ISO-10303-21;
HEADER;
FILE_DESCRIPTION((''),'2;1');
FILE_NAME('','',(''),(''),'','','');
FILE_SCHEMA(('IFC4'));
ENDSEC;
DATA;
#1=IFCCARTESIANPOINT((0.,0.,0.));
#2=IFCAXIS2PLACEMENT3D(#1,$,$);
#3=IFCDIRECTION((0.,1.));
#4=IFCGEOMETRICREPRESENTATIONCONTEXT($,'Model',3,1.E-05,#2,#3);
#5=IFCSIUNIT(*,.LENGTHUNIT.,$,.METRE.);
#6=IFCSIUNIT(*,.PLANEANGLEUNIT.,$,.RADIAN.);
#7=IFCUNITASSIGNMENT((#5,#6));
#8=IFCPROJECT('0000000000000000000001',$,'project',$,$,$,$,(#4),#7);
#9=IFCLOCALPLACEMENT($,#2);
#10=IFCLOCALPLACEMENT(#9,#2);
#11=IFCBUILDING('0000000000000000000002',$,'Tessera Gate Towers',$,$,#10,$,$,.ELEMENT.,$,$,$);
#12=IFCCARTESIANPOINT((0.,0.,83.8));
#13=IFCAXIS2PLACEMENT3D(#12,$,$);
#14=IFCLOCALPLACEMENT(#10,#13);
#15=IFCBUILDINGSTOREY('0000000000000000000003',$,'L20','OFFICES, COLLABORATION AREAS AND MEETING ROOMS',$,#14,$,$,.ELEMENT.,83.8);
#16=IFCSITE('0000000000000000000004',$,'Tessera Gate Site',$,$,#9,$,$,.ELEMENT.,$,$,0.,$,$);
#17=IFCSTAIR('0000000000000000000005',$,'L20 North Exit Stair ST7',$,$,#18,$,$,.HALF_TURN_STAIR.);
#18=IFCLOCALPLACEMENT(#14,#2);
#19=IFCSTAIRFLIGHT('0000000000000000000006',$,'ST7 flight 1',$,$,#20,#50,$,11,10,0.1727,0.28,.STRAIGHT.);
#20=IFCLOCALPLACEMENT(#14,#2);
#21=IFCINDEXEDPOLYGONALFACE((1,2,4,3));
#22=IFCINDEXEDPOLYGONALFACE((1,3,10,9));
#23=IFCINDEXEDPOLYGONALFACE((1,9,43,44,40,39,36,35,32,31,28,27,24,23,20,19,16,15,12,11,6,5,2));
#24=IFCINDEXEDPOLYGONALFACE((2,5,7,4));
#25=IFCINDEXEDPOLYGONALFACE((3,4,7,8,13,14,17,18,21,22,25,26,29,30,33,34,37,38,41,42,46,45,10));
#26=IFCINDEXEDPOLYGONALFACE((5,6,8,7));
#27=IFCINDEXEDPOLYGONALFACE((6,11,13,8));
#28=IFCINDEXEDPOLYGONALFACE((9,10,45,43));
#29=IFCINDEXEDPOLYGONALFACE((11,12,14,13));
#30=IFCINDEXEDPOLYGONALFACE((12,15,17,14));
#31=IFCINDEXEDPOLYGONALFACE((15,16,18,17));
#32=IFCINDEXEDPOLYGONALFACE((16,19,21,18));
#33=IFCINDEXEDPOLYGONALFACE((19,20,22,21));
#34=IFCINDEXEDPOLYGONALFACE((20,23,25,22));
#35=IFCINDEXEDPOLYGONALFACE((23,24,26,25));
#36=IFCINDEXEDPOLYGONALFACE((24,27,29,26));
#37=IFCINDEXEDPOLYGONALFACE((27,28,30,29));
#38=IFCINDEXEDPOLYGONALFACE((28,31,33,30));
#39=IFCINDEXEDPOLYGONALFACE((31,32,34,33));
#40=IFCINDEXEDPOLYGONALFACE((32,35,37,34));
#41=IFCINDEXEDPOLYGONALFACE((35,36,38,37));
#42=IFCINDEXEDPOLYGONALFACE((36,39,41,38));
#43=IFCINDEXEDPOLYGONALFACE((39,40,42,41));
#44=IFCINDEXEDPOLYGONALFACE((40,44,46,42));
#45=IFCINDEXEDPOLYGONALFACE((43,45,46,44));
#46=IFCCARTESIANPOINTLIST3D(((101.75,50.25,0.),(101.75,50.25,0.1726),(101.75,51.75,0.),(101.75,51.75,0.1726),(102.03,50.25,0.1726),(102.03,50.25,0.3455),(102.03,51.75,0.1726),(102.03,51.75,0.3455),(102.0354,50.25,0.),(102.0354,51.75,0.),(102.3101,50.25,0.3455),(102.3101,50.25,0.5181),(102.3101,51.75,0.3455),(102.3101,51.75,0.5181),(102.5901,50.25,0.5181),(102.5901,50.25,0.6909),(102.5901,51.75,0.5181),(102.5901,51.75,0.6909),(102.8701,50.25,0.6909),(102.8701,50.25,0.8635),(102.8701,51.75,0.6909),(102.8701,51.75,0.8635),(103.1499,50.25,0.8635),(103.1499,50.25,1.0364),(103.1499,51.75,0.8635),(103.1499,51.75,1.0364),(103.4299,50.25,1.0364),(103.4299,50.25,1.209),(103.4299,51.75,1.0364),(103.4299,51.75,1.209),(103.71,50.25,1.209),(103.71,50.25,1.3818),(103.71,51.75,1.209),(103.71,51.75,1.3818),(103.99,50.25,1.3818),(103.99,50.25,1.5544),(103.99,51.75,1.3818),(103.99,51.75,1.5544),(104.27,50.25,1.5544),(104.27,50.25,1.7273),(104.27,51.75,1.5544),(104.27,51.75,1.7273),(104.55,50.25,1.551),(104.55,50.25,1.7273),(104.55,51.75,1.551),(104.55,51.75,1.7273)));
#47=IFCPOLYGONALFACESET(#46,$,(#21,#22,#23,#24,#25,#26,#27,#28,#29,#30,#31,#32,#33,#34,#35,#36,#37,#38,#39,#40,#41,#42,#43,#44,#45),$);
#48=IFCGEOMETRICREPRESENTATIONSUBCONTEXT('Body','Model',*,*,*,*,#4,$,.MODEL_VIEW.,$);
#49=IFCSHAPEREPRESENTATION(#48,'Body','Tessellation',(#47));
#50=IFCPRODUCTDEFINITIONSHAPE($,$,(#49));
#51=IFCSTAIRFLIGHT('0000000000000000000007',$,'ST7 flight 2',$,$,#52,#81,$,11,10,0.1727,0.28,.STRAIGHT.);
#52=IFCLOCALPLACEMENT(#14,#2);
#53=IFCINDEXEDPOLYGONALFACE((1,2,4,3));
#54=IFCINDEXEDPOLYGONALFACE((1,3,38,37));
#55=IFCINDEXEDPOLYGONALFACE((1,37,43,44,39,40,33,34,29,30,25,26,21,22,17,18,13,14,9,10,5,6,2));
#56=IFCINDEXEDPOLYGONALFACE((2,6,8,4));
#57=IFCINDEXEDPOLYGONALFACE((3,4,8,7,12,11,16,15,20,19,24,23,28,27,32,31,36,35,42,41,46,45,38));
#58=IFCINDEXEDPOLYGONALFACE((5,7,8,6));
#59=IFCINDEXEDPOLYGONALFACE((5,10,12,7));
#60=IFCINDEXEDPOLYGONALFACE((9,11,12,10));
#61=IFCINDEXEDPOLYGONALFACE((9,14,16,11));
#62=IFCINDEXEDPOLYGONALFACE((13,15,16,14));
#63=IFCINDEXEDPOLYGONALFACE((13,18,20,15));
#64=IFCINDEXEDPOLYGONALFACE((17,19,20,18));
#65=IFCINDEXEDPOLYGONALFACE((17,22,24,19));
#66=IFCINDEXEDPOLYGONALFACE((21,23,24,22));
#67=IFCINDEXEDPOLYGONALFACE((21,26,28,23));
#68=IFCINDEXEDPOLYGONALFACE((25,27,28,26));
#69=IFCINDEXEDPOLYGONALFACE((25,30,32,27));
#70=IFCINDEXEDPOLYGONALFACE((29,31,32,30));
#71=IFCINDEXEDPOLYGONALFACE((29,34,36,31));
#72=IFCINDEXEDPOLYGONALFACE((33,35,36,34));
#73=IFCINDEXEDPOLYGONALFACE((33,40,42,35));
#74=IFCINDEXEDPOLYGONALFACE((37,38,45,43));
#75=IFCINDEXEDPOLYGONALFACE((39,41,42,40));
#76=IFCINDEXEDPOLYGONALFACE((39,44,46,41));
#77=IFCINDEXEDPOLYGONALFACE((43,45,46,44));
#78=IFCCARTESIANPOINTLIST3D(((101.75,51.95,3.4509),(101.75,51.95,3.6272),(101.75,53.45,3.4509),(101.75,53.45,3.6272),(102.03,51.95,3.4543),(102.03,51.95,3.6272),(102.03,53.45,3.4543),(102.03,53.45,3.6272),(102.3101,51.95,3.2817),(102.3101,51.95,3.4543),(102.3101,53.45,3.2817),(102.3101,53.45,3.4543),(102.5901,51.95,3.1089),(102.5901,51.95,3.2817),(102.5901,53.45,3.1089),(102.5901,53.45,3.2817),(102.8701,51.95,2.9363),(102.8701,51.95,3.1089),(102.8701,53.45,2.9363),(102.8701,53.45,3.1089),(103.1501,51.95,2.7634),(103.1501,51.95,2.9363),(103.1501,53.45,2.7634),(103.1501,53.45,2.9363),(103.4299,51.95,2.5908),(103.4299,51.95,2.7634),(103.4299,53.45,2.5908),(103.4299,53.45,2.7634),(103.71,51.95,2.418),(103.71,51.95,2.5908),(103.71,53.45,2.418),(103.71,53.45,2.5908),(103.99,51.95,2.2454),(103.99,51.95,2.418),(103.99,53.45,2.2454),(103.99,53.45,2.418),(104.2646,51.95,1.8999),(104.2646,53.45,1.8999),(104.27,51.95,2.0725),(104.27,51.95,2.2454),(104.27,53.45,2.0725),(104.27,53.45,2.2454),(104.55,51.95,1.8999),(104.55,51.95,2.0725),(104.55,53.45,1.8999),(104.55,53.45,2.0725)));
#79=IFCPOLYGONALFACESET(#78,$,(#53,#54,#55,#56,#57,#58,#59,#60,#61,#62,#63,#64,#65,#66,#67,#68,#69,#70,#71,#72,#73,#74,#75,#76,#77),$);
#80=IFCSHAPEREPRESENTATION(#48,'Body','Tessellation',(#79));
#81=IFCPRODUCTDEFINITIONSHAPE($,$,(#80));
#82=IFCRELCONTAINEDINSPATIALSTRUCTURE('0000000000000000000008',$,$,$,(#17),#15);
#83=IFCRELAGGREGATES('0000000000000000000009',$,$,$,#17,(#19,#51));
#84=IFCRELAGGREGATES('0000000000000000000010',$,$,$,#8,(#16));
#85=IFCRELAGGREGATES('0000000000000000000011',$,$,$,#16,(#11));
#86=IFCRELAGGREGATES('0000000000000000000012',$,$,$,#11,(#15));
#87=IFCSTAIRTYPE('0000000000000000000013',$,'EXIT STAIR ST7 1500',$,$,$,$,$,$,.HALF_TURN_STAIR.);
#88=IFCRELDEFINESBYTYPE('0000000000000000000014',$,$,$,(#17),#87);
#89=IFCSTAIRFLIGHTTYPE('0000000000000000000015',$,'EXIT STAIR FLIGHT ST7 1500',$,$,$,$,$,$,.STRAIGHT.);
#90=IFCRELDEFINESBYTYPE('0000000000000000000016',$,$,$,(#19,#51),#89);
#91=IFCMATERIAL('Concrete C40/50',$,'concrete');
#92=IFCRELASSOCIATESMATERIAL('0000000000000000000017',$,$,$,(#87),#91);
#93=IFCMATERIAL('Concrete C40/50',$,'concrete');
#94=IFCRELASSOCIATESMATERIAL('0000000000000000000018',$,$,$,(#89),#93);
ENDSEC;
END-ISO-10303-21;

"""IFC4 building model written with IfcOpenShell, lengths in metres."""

from ifc_helpers import new_model, si_unit, direction, frame, origin, place, context, subcontext, project, spatial, polyline, outline, extrude, material, type_object, element, aggregate, save


model = new_model("IFC4")

# Units and contexts
model_context = context("Model", 3, precision=1e-05, world=origin(), true_north=direction((0.0, 1.0)))
body_context = subcontext(model_context, "Body", "Model", "MODEL_VIEW")
ifc_project = project(units=[si_unit("LENGTHUNIT", "METRE"), si_unit("PLANEANGLEUNIT", "RADIAN")], contexts=[model_context])

# Site, building, storey
site_placement = place(None, origin())
site = spatial("IfcSite", under=ifc_project, at=site_placement, Name="Tessera Gate Site", CompositionType="ELEMENT", RefElevation=0.0)
building_placement = place(site_placement, origin())
building = spatial("IfcBuilding", under=site, at=building_placement, Name="Tessera Gate Towers", CompositionType="ELEMENT")
storey_placement = place(building_placement, frame((0.0, 0.0, 83.8)))
storey = spatial("IfcBuildingStorey", under=building, at=storey_placement, Name="L20", Description="OFFICES, COLLABORATION AREAS AND MEETING ROOMS", CompositionType="ELEMENT", Elevation=83.8)

# Stair, stair flights
ifc_material_1 = material(Name="Concrete C40/50", Category="concrete")
stair_type = type_object("IfcStairType", Name="EXIT STAIR ST7 1500", PredefinedType="HALF_TURN_STAIR", material=ifc_material_1)
stair_placement = place(storey_placement, origin())
stair = element("IfcStair", 1, at=stair_placement, inside=storey, type_object=stair_type, Name="L20 North Exit Stair ST7", PredefinedType="HALF_TURN_STAIR")
ifc_material_2 = material(Name="Concrete C40/50", Category="concrete")
stair_flight_type = type_object("IfcStairFlightType", Name="EXIT STAIR FLIGHT ST7 1500", PredefinedType="STRAIGHT", material=ifc_material_2)
stair_flight_1_placement = place(storey_placement, frame((101.75, 51.0, 0.0), z_axis=(0.0, 0.0, 1.0), x_axis=(1.0, 0.0, 0.0)))
stair_flight_1 = element("IfcStairFlight", 2, at=stair_flight_1_placement, type_object=stair_flight_type, Name="ST7 flight 1", NumberOfRisers=11, NumberOfTreads=10, PredefinedType="STRAIGHT", RiserHeight=0.1727, TreadLength=0.28, context=body_context, shape_type="SweptSolid", body=[
    extrude(outline(polyline([(0.0, 0.0), (0.0, 0.1726), (0.28, 0.1726), (0.28, 0.3455), (0.5601, 0.3455), (0.5601, 0.5181), (0.8401, 0.5181), (0.8401, 0.6909), (1.1201, 0.6909), (1.1201, 0.8635), (1.3999, 0.8635), (1.3999, 1.0364), (1.6799, 1.0364), (1.6799, 1.209), (1.96, 1.209), (1.96, 1.3818), (2.24, 1.3818), (2.24, 1.5544), (2.52, 1.5544), (2.52, 1.7273), (2.8, 1.7273), (2.8, 1.8999), (2.8, 1.551), (0.2854, 0.0), (0.0, 0.0)])), frame((0.0, 0.75, 0.0), z_axis=(0.0, -1.0, 0.0), x_axis=(1.0, 0.0, 0.0)), (0.0, 0.0, 1.0), 1.5),
])
stair_flight_2_placement = place(storey_placement, frame((104.55, 52.7, 1.8999), z_axis=(0.0, 0.0, 1.0), x_axis=(-1.0, 0.0, 0.0)))
stair_flight_2 = element("IfcStairFlight", 3, at=stair_flight_2_placement, type_object=stair_flight_type, Name="ST7 flight 2", NumberOfRisers=11, NumberOfTreads=10, PredefinedType="STRAIGHT", RiserHeight=0.1727, TreadLength=0.28, context=body_context, shape_type="SweptSolid", body=[
    extrude(outline(polyline([(0.0, 0.0), (0.0, 0.1726), (0.28, 0.1726), (0.28, 0.3455), (0.5601, 0.3455), (0.5601, 0.5181), (0.8401, 0.5181), (0.8401, 0.6909), (1.1201, 0.6909), (1.1201, 0.8635), (1.3999, 0.8635), (1.3999, 1.0364), (1.6799, 1.0364), (1.6799, 1.209), (1.96, 1.209), (1.96, 1.3818), (2.24, 1.3818), (2.24, 1.5544), (2.52, 1.5544), (2.52, 1.7273), (2.8, 1.7273), (2.8, 1.8999), (2.8, 1.551), (0.2854, 0.0), (0.0, 0.0)])), frame((0.0, 0.75, 0.0), z_axis=(0.0, -1.0, 0.0), x_axis=(1.0, 0.0, 0.0)), (0.0, 0.0, 1.0), 1.5),
])
aggregate(stair, [stair_flight_1, stair_flight_2])

save(model, "model.ifc")
